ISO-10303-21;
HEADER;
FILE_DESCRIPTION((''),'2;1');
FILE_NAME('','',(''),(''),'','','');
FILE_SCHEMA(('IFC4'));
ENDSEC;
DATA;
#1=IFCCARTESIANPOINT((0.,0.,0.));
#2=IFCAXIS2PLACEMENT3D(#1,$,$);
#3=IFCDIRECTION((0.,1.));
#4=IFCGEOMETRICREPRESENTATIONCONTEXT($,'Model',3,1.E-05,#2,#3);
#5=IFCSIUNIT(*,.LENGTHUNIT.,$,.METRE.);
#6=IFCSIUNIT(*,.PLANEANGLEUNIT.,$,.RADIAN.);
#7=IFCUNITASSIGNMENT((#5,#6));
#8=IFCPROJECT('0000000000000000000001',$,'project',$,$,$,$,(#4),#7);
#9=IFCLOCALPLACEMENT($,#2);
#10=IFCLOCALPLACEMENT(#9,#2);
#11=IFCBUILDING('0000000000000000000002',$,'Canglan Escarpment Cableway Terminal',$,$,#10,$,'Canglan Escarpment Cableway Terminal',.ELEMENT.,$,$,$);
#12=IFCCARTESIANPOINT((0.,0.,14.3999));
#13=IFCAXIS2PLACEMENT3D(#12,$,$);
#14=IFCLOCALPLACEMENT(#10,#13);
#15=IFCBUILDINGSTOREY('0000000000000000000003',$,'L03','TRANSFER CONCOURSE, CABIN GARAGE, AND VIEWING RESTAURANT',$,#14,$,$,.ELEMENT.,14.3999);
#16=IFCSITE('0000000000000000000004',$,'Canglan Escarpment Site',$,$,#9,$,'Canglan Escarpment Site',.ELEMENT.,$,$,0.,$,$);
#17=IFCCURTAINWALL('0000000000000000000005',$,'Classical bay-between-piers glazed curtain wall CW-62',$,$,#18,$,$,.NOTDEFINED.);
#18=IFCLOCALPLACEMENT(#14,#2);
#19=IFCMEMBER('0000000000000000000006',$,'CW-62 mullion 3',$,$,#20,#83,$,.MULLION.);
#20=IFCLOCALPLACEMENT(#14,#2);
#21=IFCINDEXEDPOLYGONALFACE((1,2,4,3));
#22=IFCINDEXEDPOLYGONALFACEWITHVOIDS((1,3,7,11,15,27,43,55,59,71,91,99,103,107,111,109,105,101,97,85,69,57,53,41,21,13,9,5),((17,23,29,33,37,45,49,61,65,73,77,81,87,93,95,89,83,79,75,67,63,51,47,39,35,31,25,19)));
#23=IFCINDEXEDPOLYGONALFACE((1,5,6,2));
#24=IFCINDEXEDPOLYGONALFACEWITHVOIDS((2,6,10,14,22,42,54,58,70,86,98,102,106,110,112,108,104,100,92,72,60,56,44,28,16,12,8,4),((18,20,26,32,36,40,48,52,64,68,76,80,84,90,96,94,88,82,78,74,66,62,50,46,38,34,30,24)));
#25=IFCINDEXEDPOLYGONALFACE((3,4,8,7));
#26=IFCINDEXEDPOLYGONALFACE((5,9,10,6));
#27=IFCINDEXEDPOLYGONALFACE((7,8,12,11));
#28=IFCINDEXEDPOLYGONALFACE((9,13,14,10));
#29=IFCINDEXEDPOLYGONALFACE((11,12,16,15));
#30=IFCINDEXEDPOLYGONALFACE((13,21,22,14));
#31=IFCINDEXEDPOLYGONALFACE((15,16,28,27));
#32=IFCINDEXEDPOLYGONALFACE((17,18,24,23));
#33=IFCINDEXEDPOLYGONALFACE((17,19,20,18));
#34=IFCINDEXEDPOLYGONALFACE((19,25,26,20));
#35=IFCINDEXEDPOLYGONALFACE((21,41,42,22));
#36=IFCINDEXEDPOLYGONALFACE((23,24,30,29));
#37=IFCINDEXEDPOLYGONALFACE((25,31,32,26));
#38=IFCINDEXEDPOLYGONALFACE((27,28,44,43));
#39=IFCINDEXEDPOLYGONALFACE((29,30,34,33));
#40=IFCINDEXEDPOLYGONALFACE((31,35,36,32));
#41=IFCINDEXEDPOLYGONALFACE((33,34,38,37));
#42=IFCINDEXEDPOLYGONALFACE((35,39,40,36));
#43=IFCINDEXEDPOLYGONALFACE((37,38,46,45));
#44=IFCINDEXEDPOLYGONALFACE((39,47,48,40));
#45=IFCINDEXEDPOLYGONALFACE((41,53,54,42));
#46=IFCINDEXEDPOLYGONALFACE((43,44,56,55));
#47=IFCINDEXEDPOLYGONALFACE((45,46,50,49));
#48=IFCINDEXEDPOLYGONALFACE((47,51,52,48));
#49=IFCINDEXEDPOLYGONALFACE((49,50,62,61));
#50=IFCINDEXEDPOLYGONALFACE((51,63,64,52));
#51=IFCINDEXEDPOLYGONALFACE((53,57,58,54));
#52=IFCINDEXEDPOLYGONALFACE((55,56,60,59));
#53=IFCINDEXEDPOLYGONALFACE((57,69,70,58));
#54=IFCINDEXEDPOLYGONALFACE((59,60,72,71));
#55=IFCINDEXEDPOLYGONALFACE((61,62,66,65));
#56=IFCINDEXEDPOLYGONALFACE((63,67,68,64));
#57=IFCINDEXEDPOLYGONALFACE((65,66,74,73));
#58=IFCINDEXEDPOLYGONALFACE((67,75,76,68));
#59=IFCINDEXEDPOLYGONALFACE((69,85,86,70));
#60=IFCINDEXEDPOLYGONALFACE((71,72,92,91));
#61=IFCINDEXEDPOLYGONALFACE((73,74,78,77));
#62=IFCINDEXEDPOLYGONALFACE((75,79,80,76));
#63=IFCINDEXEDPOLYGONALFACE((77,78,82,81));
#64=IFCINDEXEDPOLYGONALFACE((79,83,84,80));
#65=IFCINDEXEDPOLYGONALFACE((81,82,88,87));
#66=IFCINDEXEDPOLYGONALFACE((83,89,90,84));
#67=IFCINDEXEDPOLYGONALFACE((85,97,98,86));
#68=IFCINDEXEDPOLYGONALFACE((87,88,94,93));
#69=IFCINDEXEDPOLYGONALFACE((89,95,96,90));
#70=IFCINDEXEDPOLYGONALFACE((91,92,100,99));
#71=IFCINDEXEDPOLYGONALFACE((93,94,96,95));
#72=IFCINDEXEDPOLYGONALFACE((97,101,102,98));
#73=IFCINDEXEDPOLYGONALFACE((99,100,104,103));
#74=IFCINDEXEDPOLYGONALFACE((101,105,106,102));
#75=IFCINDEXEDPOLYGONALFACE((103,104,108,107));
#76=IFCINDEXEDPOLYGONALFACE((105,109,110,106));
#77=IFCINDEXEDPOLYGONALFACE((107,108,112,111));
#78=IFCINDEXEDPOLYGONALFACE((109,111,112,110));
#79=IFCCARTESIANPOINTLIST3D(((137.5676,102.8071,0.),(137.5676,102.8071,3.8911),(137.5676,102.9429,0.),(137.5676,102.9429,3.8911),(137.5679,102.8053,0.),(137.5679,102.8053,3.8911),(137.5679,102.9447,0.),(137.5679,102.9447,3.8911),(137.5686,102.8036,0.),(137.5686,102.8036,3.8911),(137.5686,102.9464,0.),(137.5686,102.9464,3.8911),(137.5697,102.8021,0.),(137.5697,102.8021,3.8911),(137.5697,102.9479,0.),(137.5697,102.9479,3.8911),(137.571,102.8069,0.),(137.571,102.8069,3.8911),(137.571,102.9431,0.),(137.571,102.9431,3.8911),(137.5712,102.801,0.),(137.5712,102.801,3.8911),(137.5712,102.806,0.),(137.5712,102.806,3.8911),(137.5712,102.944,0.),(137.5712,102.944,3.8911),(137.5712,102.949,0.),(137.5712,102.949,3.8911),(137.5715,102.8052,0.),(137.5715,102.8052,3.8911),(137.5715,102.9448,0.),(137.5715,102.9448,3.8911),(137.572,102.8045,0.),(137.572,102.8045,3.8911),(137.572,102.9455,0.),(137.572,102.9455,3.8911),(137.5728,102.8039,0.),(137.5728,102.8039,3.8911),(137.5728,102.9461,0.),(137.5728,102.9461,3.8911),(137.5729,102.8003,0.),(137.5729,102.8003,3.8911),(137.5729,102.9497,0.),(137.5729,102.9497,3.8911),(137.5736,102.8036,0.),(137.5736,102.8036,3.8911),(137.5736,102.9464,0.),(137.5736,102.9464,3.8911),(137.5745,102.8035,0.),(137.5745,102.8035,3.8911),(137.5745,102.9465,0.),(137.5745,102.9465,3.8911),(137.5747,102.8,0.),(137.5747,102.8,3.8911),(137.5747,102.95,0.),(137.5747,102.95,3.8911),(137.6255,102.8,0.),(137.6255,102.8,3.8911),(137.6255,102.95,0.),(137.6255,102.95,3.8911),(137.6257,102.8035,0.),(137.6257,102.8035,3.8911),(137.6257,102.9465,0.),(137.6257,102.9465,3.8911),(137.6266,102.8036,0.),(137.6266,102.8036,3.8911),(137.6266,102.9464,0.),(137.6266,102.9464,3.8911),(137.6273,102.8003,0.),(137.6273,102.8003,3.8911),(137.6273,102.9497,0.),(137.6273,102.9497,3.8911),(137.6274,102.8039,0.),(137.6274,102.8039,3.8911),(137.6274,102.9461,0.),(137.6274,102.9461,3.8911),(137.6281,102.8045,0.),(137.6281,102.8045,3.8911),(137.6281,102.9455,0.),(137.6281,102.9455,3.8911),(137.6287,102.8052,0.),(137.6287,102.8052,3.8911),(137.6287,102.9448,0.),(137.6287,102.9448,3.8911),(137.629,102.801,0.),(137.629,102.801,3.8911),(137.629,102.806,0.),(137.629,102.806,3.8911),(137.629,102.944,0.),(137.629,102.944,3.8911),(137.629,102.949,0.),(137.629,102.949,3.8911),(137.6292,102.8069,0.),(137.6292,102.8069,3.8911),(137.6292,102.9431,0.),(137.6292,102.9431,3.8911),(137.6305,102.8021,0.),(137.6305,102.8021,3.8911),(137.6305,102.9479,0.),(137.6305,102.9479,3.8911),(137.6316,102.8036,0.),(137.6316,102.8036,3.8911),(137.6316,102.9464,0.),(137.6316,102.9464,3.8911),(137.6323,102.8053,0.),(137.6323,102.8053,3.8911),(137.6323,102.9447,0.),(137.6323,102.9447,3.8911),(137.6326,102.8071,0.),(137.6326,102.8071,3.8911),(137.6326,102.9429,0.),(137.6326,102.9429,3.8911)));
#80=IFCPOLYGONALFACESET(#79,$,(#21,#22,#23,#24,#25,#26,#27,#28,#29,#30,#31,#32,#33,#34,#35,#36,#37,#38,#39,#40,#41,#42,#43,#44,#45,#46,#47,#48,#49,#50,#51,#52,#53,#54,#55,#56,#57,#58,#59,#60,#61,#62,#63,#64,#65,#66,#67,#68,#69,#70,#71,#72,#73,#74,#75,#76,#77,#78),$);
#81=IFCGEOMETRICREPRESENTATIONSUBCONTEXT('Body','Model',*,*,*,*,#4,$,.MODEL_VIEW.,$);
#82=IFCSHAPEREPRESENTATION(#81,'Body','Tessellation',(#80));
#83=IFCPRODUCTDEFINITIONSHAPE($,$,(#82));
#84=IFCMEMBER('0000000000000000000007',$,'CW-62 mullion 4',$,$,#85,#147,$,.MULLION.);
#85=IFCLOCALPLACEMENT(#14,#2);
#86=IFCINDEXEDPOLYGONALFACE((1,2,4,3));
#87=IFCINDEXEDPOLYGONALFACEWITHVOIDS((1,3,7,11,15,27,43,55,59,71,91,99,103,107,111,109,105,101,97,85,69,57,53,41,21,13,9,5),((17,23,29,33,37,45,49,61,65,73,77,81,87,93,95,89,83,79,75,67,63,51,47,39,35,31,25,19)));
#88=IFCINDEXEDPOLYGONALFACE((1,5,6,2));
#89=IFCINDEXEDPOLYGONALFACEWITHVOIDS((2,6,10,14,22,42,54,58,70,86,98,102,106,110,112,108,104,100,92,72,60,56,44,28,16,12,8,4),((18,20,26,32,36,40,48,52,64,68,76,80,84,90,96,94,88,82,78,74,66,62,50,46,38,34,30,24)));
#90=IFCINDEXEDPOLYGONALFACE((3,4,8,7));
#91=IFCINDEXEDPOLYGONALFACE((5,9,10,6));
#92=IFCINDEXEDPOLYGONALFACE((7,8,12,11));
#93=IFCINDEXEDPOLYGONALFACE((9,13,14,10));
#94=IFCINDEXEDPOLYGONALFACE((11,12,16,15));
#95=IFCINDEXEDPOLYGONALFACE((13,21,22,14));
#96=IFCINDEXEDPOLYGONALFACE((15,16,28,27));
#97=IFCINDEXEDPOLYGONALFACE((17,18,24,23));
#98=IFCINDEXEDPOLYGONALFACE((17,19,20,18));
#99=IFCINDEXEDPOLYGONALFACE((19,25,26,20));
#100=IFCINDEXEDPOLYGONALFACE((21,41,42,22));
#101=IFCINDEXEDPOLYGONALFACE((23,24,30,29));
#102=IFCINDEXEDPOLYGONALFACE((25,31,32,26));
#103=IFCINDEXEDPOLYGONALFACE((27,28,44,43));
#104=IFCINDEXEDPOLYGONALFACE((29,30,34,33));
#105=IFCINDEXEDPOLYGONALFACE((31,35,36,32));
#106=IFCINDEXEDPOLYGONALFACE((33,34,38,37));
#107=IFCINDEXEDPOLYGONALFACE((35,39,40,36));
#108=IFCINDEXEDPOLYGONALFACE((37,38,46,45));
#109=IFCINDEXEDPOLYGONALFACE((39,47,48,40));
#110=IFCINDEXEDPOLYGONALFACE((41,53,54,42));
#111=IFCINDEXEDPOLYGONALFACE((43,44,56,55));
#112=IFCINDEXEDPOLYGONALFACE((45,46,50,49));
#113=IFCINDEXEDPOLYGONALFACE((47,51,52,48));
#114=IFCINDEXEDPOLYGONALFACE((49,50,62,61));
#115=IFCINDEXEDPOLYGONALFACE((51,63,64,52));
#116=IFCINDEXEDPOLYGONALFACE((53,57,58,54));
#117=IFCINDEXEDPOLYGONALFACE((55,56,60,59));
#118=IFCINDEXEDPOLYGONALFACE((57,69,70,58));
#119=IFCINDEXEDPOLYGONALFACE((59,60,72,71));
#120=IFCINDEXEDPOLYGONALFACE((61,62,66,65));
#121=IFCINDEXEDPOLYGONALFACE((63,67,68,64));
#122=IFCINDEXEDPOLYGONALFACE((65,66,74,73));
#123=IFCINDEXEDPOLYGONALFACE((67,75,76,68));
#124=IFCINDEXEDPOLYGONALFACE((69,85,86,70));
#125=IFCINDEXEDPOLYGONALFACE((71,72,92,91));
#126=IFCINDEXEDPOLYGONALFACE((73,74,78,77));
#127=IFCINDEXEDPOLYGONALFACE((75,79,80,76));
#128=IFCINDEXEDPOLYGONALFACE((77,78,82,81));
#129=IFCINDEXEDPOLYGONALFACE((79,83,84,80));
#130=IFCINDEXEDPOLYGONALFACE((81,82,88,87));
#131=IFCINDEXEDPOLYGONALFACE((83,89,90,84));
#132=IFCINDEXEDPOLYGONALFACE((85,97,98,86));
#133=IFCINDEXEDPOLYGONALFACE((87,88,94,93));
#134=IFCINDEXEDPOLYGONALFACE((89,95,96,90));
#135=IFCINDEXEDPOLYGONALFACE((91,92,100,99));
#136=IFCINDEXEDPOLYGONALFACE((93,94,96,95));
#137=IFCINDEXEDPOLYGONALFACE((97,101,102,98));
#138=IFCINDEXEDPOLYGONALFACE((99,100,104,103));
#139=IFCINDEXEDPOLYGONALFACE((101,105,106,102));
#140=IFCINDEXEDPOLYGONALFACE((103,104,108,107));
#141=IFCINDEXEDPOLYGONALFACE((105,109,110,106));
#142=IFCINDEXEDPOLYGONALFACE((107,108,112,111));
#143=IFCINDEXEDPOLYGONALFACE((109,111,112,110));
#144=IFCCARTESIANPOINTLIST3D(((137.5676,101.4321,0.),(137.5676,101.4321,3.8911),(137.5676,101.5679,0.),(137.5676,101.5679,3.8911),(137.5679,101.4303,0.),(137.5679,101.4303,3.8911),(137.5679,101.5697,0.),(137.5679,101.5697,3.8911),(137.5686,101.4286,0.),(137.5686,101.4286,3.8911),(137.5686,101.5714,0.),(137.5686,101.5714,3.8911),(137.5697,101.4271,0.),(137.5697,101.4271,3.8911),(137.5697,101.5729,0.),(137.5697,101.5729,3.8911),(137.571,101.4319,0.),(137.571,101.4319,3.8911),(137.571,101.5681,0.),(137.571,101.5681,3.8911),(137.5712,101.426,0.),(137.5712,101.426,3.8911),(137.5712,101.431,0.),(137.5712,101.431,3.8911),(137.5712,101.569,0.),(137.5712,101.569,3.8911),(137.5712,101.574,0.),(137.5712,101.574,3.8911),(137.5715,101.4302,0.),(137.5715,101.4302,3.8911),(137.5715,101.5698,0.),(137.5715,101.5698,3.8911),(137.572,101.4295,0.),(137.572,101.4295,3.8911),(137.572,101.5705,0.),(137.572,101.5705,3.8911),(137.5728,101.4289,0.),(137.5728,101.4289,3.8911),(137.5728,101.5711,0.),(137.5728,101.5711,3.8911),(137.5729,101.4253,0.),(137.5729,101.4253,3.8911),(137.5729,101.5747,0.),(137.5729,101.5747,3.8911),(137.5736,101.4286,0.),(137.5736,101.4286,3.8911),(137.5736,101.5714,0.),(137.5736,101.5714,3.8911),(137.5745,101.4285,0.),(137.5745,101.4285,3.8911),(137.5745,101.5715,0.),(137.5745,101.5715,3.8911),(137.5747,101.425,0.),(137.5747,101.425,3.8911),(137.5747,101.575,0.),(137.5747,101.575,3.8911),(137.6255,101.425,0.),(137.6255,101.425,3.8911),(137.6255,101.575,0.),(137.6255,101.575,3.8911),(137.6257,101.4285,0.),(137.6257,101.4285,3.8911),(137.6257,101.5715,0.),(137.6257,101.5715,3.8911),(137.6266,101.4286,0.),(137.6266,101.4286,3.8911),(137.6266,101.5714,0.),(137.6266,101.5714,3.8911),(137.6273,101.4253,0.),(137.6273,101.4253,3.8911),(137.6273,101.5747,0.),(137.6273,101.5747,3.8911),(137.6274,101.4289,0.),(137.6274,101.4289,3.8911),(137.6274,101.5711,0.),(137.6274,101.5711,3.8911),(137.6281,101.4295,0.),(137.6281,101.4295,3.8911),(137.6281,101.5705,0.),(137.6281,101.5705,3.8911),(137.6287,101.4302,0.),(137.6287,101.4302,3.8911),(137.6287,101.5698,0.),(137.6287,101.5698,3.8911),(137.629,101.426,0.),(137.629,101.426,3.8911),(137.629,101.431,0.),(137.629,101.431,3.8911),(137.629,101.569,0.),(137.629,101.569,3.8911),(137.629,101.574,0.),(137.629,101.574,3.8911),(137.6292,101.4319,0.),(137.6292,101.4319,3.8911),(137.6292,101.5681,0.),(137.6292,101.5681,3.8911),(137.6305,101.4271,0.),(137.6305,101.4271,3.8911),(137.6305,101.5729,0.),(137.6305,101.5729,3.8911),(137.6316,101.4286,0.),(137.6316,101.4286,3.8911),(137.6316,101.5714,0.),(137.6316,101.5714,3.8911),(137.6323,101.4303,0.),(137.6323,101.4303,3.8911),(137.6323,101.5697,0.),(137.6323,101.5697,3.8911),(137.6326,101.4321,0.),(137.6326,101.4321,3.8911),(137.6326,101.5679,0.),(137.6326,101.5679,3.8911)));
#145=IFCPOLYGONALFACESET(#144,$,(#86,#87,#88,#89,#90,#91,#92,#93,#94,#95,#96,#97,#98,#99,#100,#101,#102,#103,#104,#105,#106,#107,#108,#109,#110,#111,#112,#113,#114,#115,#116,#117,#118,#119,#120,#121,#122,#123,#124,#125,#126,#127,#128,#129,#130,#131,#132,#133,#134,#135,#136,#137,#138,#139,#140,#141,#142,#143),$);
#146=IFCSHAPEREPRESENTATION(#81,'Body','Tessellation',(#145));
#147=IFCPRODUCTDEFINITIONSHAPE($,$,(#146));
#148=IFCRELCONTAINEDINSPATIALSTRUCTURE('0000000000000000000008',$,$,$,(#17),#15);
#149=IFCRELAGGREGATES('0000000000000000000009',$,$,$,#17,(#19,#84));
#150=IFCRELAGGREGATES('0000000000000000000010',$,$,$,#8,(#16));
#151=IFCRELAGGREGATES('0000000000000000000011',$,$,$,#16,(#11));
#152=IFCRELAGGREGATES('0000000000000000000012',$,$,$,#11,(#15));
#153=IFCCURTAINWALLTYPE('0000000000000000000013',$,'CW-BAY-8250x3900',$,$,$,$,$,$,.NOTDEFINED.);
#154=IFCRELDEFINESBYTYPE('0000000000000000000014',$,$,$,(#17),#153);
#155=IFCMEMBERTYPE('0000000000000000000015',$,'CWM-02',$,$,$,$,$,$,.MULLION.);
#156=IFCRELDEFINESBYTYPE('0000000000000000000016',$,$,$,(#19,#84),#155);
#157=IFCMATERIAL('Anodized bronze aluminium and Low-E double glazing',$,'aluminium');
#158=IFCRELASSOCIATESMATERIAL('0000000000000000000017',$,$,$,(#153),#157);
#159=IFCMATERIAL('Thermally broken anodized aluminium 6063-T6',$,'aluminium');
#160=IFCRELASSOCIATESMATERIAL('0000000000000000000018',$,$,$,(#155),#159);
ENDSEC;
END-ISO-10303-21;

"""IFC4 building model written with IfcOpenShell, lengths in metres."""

from ifc_helpers import new_model, si_unit, direction, frame, origin, origin_2d, place, context, subcontext, project, spatial, hollow_rectangle, extrude, material, material_profile, profile_set, type_object, element, aggregate, save


model = new_model("IFC4")

# Units and contexts
model_context = context("Model", 3, precision=1e-05, world=origin(), true_north=direction((0.0, 1.0)))
body_context = subcontext(model_context, "Body", "Model", "MODEL_VIEW")
ifc_project = project(units=[si_unit("LENGTHUNIT", "METRE"), si_unit("PLANEANGLEUNIT", "RADIAN")], contexts=[model_context])

# Site, building, storey
site_placement = place(None, origin())
site = spatial("IfcSite", under=ifc_project, at=site_placement, Name="Canglan Escarpment Site", LongName="Canglan Escarpment Site", CompositionType="ELEMENT", RefElevation=0.0)
building_placement = place(site_placement, origin())
building = spatial("IfcBuilding", under=site, at=building_placement, Name="Canglan Escarpment Cableway Terminal", LongName="Canglan Escarpment Cableway Terminal", CompositionType="ELEMENT")
storey_placement = place(building_placement, frame((0.0, 0.0, 14.3999)))
storey = spatial("IfcBuildingStorey", under=building, at=storey_placement, Name="L03", Description="TRANSFER CONCOURSE, CABIN GARAGE, AND VIEWING RESTAURANT", CompositionType="ELEMENT", Elevation=14.3999)

# Curtain wall, members
ifc_material_1 = material(Name="Anodized bronze aluminium and Low-E double glazing", Category="aluminium")
curtain_wall_type_1 = type_object("IfcCurtainWallType", Name="CW-BAY-8250x3900", PredefinedType="NOTDEFINED", material=ifc_material_1)
curtain_wall_1_placement = place(storey_placement, origin())
curtain_wall_1 = element("IfcCurtainWall", 1, at=curtain_wall_1_placement, inside=storey, type_object=curtain_wall_type_1, Name="Classical bay-between-piers glazed curtain wall CW-62", PredefinedType="NOTDEFINED")
ifc_material_2 = material(Name="Thermally broken anodized aluminium 6063-T6", Category="aluminium")
ifc_material_profile_1 = material_profile(ifc_material_2, hollow_rectangle(XDim=0.0649, YDim=0.1499, WallThickness=0.0034, InnerFilletRadius=0.0034, OuterFilletRadius=0.0071, at=origin_2d()), Name="ALU-MULL 65x150x3.5")
ifc_profile_set_1 = profile_set([ifc_material_profile_1], Name="Thermally broken anodized aluminium 6063-T6")
member_type_1 = type_object("IfcMemberType", Name="CWM-02", PredefinedType="MULLION", material=ifc_profile_set_1)
member_1_placement = place(storey_placement, frame((137.6001, 102.875, 0.0), z_axis=(0.0, 0.0, 1.0), x_axis=(1.0, 0.0, 0.0)))
member_1 = element("IfcMember", 2, at=member_1_placement, type_object=member_type_1, Name="CW-62 mullion 3", PredefinedType="MULLION", context=body_context, shape_type="SweptSolid", body=[
    extrude(hollow_rectangle(XDim=0.0649, YDim=0.1499, WallThickness=0.0034, InnerFilletRadius=0.0034, OuterFilletRadius=0.0071, at=origin_2d()), origin(), (0.0, 0.0, 1.0), 3.8911),
])
member_2_placement = place(storey_placement, frame((137.6001, 101.5, 0.0), z_axis=(0.0, 0.0, 1.0), x_axis=(1.0, 0.0, 0.0)))
member_2 = element("IfcMember", 3, at=member_2_placement, type_object=member_type_1, Name="CW-62 mullion 4", PredefinedType="MULLION", context=body_context, shape_type="SweptSolid", body=[
    extrude(hollow_rectangle(XDim=0.0649, YDim=0.1499, WallThickness=0.0034, InnerFilletRadius=0.0034, OuterFilletRadius=0.0071, at=origin_2d()), origin(), (0.0, 0.0, 1.0), 3.8911),
])

aggregate(curtain_wall_1, [member_1, member_2])

save(model, "model.ifc")
